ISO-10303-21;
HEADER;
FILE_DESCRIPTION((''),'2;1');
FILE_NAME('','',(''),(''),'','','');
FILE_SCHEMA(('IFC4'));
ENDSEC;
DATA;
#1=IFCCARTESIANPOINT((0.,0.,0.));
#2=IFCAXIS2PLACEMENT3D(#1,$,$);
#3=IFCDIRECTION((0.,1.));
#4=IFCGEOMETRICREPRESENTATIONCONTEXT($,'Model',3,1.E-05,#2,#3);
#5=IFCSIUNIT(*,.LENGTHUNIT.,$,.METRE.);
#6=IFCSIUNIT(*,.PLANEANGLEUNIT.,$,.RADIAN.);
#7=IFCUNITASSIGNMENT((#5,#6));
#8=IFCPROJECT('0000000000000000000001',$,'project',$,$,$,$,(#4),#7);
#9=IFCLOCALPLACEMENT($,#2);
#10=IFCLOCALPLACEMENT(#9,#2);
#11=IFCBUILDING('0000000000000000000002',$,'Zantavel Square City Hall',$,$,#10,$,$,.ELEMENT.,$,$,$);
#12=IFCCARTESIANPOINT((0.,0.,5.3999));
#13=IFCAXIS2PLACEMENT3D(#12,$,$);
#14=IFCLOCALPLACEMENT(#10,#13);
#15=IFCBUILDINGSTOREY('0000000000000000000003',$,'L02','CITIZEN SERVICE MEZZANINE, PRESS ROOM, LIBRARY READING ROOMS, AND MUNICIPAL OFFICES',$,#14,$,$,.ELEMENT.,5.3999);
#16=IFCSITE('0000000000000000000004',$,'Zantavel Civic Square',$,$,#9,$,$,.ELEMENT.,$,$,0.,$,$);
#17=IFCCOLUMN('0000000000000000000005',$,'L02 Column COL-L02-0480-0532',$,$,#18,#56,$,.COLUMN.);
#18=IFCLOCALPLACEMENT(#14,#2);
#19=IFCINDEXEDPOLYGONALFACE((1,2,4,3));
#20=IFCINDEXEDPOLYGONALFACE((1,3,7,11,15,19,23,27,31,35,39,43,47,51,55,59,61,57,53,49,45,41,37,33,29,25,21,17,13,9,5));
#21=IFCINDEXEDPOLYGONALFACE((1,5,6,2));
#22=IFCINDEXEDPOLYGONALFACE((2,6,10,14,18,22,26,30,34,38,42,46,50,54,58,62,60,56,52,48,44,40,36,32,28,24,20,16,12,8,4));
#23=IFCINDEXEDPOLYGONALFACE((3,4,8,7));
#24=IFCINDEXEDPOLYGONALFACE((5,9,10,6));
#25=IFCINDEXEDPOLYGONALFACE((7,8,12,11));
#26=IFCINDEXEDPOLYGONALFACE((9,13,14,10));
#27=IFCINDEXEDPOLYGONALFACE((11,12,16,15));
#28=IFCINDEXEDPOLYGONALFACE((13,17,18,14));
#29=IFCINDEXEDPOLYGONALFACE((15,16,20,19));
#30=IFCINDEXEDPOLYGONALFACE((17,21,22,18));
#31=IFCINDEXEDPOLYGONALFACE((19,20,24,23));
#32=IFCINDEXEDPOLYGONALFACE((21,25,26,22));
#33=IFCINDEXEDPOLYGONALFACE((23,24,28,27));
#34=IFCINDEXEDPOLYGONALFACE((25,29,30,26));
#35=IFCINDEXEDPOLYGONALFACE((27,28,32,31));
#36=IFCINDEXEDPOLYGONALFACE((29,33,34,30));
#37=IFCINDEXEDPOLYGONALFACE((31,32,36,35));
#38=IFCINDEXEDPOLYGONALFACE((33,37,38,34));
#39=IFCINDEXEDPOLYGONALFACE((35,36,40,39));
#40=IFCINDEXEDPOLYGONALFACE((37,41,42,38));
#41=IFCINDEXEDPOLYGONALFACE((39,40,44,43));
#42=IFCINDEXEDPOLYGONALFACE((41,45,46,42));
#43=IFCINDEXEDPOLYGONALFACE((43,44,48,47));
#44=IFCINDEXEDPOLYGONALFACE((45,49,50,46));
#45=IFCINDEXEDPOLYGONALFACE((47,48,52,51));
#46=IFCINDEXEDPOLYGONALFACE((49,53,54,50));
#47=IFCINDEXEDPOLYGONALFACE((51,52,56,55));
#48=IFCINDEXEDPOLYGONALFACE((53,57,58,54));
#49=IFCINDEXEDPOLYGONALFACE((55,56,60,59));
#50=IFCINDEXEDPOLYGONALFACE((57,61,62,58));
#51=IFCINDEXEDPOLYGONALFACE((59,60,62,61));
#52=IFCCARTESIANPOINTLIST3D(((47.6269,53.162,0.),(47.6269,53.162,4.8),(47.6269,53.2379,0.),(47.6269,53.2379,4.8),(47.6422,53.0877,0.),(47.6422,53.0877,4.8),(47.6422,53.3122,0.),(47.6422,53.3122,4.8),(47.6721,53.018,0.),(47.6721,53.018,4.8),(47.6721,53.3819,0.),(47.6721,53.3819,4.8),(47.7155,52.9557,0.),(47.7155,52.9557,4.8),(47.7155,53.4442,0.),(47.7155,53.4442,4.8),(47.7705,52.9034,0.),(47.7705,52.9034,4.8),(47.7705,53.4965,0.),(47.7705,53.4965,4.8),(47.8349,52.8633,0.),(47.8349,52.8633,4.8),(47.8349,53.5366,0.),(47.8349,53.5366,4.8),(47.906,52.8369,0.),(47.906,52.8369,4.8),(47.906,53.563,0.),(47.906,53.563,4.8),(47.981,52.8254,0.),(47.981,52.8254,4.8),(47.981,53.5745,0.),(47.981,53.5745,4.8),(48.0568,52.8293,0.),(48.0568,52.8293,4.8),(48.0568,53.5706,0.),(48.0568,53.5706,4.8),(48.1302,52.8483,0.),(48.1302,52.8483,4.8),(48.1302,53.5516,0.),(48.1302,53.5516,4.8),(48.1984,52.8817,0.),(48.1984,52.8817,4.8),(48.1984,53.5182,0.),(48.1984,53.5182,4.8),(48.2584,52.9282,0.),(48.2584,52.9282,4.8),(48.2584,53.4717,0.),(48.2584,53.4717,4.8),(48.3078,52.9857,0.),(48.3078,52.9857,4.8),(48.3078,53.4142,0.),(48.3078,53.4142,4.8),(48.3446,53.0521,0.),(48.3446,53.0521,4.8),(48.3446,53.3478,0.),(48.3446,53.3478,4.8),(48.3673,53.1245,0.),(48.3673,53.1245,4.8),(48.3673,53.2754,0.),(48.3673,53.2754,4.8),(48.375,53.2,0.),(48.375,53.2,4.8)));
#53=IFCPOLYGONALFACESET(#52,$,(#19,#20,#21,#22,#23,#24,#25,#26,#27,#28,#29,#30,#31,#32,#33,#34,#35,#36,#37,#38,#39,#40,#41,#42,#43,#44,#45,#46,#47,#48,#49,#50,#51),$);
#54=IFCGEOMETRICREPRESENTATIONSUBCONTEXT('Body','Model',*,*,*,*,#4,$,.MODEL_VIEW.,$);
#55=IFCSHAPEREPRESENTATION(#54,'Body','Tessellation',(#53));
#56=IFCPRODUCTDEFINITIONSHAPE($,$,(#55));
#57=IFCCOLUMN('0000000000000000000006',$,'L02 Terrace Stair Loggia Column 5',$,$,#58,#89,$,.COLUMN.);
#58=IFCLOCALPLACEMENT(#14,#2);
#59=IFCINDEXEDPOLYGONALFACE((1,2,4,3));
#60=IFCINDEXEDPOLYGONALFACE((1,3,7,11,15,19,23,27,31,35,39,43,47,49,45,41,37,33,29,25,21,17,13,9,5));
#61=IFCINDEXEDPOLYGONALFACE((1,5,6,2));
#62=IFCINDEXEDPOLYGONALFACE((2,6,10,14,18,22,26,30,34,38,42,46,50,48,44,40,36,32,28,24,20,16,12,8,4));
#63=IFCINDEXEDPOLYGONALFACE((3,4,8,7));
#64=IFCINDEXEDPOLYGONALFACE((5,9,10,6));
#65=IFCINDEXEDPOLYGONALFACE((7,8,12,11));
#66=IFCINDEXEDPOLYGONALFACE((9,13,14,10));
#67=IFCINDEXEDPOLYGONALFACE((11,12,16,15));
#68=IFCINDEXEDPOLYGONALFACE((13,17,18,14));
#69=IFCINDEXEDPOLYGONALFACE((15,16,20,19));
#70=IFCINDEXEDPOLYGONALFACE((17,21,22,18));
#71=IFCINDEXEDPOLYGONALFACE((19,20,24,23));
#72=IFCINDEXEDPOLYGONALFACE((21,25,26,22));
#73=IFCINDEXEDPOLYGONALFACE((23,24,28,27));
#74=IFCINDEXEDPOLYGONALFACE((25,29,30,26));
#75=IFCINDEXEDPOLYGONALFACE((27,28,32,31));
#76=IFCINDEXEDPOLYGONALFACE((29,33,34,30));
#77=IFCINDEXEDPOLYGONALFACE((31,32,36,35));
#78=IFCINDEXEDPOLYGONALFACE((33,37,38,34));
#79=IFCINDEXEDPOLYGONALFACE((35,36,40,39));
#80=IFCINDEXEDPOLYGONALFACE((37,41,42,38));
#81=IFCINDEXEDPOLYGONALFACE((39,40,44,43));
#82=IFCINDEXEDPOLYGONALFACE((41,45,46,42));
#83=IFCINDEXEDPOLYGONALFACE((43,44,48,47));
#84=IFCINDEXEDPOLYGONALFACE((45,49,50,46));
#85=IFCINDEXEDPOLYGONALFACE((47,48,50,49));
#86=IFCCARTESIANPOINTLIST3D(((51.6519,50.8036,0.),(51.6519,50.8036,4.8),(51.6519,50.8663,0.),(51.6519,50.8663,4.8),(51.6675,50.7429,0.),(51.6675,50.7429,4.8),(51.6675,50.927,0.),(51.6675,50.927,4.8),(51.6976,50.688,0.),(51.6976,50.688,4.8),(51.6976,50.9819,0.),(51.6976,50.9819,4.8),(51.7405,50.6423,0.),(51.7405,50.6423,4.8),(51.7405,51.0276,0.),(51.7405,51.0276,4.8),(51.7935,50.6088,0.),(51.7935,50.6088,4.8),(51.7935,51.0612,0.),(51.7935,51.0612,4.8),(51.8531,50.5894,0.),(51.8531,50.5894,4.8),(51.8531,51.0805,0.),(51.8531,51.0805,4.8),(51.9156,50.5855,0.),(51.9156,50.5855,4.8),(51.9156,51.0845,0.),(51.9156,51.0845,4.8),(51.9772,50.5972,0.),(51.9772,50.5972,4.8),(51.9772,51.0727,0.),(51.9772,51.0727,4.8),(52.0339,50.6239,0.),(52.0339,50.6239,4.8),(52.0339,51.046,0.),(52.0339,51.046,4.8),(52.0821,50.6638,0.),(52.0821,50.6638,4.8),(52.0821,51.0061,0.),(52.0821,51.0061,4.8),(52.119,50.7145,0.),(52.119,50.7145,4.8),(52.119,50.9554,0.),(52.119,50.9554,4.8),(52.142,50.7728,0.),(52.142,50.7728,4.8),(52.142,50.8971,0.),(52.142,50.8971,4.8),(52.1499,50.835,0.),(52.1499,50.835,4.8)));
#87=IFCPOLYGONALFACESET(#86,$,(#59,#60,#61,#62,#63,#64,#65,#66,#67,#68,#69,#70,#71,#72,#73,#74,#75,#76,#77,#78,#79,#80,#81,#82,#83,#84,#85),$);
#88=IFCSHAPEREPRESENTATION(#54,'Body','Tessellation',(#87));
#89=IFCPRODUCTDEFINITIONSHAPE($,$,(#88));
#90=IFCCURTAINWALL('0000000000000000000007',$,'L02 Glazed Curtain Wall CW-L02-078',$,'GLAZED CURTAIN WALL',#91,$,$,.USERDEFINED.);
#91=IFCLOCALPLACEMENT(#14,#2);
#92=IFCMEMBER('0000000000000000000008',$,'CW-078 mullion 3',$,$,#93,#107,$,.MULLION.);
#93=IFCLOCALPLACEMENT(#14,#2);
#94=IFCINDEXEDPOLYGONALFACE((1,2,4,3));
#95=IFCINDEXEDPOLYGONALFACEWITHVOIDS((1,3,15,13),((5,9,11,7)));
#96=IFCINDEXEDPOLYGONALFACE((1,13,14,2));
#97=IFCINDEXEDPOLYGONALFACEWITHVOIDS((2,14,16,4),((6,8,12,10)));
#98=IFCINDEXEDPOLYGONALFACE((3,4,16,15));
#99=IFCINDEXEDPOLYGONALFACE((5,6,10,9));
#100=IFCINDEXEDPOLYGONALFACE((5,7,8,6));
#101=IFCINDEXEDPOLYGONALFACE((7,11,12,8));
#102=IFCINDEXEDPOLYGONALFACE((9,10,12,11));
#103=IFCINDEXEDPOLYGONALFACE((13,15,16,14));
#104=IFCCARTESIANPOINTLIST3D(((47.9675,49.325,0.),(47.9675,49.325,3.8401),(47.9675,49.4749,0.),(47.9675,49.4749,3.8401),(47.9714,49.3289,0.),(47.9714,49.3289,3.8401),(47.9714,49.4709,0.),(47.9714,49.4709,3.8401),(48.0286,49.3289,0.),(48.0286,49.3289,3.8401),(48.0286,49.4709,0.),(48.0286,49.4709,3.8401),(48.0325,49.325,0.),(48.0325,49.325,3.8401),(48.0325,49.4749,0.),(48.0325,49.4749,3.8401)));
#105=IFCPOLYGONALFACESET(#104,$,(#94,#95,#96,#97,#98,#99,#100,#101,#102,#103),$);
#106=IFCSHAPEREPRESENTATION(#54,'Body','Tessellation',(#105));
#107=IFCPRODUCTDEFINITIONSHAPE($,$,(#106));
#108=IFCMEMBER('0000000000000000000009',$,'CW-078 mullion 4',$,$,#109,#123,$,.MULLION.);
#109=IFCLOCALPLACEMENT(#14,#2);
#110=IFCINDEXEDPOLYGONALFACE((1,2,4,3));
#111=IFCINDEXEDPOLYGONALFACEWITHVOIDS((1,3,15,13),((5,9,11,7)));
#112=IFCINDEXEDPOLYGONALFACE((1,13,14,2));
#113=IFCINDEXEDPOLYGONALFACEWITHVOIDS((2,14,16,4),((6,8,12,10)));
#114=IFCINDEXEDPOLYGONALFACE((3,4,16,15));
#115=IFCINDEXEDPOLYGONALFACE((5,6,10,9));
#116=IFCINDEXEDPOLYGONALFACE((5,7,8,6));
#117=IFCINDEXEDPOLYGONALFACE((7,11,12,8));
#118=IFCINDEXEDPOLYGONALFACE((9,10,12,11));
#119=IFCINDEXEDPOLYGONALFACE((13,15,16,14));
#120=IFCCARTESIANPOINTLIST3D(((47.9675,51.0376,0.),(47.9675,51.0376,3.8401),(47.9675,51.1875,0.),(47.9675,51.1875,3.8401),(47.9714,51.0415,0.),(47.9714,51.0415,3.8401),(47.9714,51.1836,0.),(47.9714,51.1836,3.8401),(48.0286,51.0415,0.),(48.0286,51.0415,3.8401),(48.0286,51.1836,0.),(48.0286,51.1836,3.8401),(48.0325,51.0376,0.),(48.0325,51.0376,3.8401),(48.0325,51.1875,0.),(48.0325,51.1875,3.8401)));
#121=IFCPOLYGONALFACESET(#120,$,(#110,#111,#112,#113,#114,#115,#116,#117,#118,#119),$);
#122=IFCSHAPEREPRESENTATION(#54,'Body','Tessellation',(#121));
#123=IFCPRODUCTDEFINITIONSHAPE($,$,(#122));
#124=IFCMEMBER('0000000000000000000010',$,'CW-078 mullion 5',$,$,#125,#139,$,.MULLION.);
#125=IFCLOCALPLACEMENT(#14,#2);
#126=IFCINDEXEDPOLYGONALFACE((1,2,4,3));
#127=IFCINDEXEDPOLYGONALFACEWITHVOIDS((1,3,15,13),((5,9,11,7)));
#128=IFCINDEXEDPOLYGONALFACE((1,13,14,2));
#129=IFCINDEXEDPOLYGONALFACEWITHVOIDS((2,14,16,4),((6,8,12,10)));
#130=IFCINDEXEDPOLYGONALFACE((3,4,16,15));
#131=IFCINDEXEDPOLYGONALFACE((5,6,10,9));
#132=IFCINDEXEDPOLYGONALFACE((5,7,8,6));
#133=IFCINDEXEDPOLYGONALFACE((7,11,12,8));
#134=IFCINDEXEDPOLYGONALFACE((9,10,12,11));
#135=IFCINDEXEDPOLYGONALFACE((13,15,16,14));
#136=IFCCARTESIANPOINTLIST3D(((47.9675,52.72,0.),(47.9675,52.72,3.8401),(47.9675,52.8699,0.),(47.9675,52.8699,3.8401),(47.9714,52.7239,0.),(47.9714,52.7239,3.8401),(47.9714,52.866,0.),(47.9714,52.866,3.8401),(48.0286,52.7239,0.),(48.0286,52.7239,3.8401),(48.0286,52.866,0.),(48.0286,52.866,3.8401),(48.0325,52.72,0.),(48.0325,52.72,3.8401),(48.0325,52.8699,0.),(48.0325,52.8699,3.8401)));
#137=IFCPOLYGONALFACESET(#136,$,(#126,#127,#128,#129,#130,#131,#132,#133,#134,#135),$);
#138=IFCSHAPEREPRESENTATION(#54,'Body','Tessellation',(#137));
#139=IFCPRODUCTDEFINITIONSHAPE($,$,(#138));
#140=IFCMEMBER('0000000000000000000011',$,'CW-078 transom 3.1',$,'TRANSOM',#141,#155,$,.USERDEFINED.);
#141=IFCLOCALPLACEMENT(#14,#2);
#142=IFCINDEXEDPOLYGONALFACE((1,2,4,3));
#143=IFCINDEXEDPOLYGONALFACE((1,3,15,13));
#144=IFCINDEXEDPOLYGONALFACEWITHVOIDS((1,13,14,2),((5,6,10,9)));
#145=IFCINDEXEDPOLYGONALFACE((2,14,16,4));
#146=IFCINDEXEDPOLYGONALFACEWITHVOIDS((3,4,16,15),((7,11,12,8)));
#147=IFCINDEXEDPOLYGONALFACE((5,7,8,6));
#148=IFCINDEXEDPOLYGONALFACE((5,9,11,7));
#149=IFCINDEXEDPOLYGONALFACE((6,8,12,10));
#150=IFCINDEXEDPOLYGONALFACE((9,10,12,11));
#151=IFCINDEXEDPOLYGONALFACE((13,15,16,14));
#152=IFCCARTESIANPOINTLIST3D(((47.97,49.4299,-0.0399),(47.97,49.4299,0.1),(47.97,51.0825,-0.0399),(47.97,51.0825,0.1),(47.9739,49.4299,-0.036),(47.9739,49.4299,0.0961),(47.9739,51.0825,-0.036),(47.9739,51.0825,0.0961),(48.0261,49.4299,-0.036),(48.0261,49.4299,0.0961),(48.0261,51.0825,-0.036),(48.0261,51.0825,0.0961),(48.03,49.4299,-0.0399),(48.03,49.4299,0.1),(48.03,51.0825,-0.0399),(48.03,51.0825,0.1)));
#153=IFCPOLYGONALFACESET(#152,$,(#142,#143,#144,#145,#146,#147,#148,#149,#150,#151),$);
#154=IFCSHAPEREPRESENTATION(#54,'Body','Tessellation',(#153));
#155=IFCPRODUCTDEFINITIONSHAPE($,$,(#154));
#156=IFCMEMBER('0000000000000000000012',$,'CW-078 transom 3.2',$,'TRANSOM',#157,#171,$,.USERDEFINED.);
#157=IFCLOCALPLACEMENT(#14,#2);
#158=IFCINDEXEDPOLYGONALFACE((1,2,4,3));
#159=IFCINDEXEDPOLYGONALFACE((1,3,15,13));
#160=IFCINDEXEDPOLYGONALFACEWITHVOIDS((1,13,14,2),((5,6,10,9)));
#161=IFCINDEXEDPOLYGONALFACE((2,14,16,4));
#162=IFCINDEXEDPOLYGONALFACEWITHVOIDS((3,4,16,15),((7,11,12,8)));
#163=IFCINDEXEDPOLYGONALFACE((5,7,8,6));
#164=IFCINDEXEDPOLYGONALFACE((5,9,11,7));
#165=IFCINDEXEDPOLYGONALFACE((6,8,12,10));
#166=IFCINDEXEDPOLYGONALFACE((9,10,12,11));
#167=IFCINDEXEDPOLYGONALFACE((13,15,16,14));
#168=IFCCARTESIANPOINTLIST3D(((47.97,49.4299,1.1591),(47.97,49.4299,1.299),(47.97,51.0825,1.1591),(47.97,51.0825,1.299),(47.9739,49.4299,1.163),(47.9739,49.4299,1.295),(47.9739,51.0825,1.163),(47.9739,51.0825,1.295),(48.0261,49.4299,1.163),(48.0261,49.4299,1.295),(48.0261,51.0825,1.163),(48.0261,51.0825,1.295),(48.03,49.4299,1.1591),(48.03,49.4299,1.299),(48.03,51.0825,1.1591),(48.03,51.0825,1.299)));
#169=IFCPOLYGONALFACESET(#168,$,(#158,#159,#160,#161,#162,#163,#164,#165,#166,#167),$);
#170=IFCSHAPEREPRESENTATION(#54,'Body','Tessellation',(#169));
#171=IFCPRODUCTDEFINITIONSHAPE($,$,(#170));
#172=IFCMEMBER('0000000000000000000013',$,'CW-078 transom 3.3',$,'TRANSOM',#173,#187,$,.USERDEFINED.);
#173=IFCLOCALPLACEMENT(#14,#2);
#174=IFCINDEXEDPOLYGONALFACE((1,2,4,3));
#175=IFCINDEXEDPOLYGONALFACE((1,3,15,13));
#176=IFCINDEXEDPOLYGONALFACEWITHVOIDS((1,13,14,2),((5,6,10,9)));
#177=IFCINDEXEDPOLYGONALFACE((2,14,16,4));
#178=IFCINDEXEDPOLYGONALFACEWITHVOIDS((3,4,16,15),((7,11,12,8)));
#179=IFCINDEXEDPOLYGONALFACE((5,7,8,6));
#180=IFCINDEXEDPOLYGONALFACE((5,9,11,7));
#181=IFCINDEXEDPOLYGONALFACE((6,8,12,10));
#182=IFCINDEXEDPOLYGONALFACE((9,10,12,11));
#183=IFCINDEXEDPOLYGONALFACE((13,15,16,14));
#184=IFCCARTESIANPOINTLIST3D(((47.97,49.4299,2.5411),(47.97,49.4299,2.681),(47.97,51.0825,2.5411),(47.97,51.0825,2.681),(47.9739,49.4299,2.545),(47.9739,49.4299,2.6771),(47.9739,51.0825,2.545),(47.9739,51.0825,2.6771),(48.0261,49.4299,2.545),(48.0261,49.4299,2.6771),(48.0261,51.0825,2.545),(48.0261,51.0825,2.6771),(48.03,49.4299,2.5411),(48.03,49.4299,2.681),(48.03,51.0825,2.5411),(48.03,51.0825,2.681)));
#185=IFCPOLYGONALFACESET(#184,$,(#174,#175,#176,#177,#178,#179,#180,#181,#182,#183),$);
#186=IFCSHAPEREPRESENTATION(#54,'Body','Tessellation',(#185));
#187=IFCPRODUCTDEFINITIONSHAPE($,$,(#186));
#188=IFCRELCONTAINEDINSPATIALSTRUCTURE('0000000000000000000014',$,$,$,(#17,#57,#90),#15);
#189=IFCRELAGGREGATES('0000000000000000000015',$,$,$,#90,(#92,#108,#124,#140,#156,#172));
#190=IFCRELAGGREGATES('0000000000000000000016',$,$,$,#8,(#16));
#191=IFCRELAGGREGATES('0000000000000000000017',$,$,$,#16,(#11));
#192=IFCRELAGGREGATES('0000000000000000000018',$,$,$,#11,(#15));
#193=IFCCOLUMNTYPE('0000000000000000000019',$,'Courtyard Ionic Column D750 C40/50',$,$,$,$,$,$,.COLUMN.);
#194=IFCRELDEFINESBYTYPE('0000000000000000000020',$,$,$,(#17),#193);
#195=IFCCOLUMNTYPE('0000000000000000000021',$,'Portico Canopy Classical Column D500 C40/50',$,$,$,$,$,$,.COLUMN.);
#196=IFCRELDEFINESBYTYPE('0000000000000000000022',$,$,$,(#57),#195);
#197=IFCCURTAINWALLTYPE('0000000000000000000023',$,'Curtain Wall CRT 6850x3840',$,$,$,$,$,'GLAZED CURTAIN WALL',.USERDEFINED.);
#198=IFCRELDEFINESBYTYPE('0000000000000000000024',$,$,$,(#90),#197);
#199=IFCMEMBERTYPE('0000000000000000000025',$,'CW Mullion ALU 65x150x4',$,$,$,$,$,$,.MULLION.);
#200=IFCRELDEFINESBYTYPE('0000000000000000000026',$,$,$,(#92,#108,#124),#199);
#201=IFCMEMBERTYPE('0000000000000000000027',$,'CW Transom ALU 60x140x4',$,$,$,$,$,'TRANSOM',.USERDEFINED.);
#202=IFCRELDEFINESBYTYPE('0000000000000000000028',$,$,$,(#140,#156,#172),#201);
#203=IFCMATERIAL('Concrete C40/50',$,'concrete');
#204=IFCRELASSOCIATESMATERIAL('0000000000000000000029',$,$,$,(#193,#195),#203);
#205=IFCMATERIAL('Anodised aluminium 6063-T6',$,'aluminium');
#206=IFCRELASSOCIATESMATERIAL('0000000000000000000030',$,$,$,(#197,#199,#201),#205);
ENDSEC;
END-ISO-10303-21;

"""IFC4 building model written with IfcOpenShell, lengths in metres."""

from ifc_helpers import new_model, si_unit, direction, frame, origin, origin_2d, place, context, subcontext, project, spatial, hollow_rectangle, circle, extrude, material, material_profile, profile_set, type_object, element, aggregate, save


model = new_model("IFC4")

# Units and contexts
model_context = context("Model", 3, precision=1e-05, world=origin(), true_north=direction((0.0, 1.0)))
body_context = subcontext(model_context, "Body", "Model", "MODEL_VIEW")
ifc_project = project(units=[si_unit("LENGTHUNIT", "METRE"), si_unit("PLANEANGLEUNIT", "RADIAN")], contexts=[model_context])

# Site, building, storey
site_placement = place(None, origin())
site = spatial("IfcSite", under=ifc_project, at=site_placement, Name="Zantavel Civic Square", CompositionType="ELEMENT", RefElevation=0.0)
building_placement = place(site_placement, origin())
building = spatial("IfcBuilding", under=site, at=building_placement, Name="Zantavel Square City Hall", CompositionType="ELEMENT")
storey_placement = place(building_placement, frame((0.0, 0.0, 5.3999)))
storey = spatial("IfcBuildingStorey", under=building, at=storey_placement, Name="L02", Description="CITIZEN SERVICE MEZZANINE, PRESS ROOM, LIBRARY READING ROOMS, AND MUNICIPAL OFFICES", CompositionType="ELEMENT", Elevation=5.3999)

# Columns
ifc_material_1 = material(Name="Concrete C40/50", Category="concrete")
ifc_material_profile_1 = material_profile(ifc_material_1, circle(Radius=0.375, at=origin_2d()), Name="ROUND D750")
ifc_profile_set_1 = profile_set([ifc_material_profile_1], Name="Concrete C40/50")
column_type_1 = type_object("IfcColumnType", Name="Courtyard Ionic Column D750 C40/50", PredefinedType="COLUMN", material=ifc_profile_set_1)
column_1_placement = place(storey_placement, frame((48.0, 53.2, 0.0), z_axis=(0.0, 0.0, 1.0), x_axis=(1.0, 0.0, 0.0)))
element("IfcColumn", 1, at=column_1_placement, inside=storey, type_object=column_type_1, Name="L02 Column COL-L02-0480-0532", PredefinedType="COLUMN", context=body_context, shape_type="SweptSolid", body=[
    extrude(circle(Radius=0.375, at=origin_2d()), origin(), (0.0, 0.0, 1.0), 4.8),
])
ifc_material_profile_2 = material_profile(ifc_material_1, circle(Radius=0.25, at=origin_2d()), Name="ROUND D500")
ifc_profile_set_2 = profile_set([ifc_material_profile_2], Name="Concrete C40/50")
column_type_2 = type_object("IfcColumnType", Name="Portico Canopy Classical Column D500 C40/50", PredefinedType="COLUMN", material=ifc_profile_set_2)
column_2_placement = place(storey_placement, frame((51.8999, 50.835, 0.0), z_axis=(0.0, 0.0, 1.0), x_axis=(1.0, 0.0, 0.0)))
element("IfcColumn", 2, at=column_2_placement, inside=storey, type_object=column_type_2, Name="L02 Terrace Stair Loggia Column 5", PredefinedType="COLUMN", context=body_context, shape_type="SweptSolid", body=[
    extrude(circle(Radius=0.25, at=origin_2d()), origin(), (0.0, 0.0, 1.0), 4.8),
])

# Curtain wall, members
ifc_material_2 = material(Name="Anodised aluminium 6063-T6", Category="aluminium")
curtain_wall_type = type_object("IfcCurtainWallType", Name="Curtain Wall CRT 6850x3840", ElementType="GLAZED CURTAIN WALL", PredefinedType="USERDEFINED", material=ifc_material_2)
curtain_wall_placement = place(storey_placement, origin())
curtain_wall = element("IfcCurtainWall", 3, at=curtain_wall_placement, inside=storey, type_object=curtain_wall_type, Name="L02 Glazed Curtain Wall CW-L02-078", ObjectType="GLAZED CURTAIN WALL", PredefinedType="USERDEFINED")
ifc_material_profile_3 = material_profile(ifc_material_2, hollow_rectangle(XDim=0.0649, YDim=0.1499, WallThickness=0.0039, at=origin_2d()), Name="ALU 65x150x4")
ifc_profile_set_3 = profile_set([ifc_material_profile_3], Name="Anodised aluminium 6063-T6")
member_type_1 = type_object("IfcMemberType", Name="CW Mullion ALU 65x150x4", PredefinedType="MULLION", material=ifc_profile_set_3)
member_1_placement = place(storey_placement, frame((48.0, 49.3999, 0.0), z_axis=(0.0, 0.0, 1.0), x_axis=(-1.0, 0.0, 0.0)))
member_1 = element("IfcMember", 4, at=member_1_placement, type_object=member_type_1, Name="CW-078 mullion 3", PredefinedType="MULLION", context=body_context, shape_type="SweptSolid", body=[
    extrude(hollow_rectangle(XDim=0.0649, YDim=0.1499, WallThickness=0.0039, at=origin_2d()), origin(), (0.0, 0.0, 1.0), 3.8401),
])
member_2_placement = place(storey_placement, frame((48.0, 51.1125, 0.0), z_axis=(0.0, 0.0, 1.0), x_axis=(-1.0, 0.0, 0.0)))
member_2 = element("IfcMember", 5, at=member_2_placement, type_object=member_type_1, Name="CW-078 mullion 4", PredefinedType="MULLION", context=body_context, shape_type="SweptSolid", body=[
    extrude(hollow_rectangle(XDim=0.0649, YDim=0.1499, WallThickness=0.0039, at=origin_2d()), origin(), (0.0, 0.0, 1.0), 3.8401),
])
member_3_placement = place(storey_placement, frame((48.0, 52.7949, 0.0), z_axis=(0.0, 0.0, 1.0), x_axis=(-1.0, 0.0, 0.0)))
member_3 = element("IfcMember", 6, at=member_3_placement, type_object=member_type_1, Name="CW-078 mullion 5", PredefinedType="MULLION", context=body_context, shape_type="SweptSolid", body=[
    extrude(hollow_rectangle(XDim=0.0649, YDim=0.1499, WallThickness=0.0039, at=origin_2d()), origin(), (0.0, 0.0, 1.0), 3.8401),
])
ifc_material_profile_4 = material_profile(ifc_material_2, hollow_rectangle(XDim=0.0601, YDim=0.1399, WallThickness=0.0039, at=origin_2d()), Name="ALU 60x140x4")
ifc_profile_set_4 = profile_set([ifc_material_profile_4], Name="Anodised aluminium 6063-T6")
member_type_2 = type_object("IfcMemberType", Name="CW Transom ALU 60x140x4", ElementType="TRANSOM", PredefinedType="USERDEFINED", material=ifc_profile_set_4)
member_4_placement = place(storey_placement, frame((48.0, 49.4299, 0.03), z_axis=(0.0, 1.0, 0.0), x_axis=(-1.0, 0.0, 0.0)))
member_4 = element("IfcMember", 7, at=member_4_placement, type_object=member_type_2, Name="CW-078 transom 3.1", ObjectType="TRANSOM", PredefinedType="USERDEFINED", context=body_context, shape_type="SweptSolid", body=[
    extrude(hollow_rectangle(XDim=0.0601, YDim=0.1399, WallThickness=0.0039, at=origin_2d()), origin(), (0.0, 0.0, 1.0), 1.6526),
])
member_5_placement = place(storey_placement, frame((48.0, 49.4299, 1.229), z_axis=(0.0, 1.0, 0.0), x_axis=(-1.0, 0.0, 0.0)))
member_5 = element("IfcMember", 8, at=member_5_placement, type_object=member_type_2, Name="CW-078 transom 3.2", ObjectType="TRANSOM", PredefinedType="USERDEFINED", context=body_context, shape_type="SweptSolid", body=[
    extrude(hollow_rectangle(XDim=0.0601, YDim=0.1399, WallThickness=0.0039, at=origin_2d()), origin(), (0.0, 0.0, 1.0), 1.6526),
])
member_6_placement = place(storey_placement, frame((48.0, 49.4299, 2.6111), z_axis=(0.0, 1.0, 0.0), x_axis=(-1.0, 0.0, 0.0)))
member_6 = element("IfcMember", 9, at=member_6_placement, type_object=member_type_2, Name="CW-078 transom 3.3", ObjectType="TRANSOM", PredefinedType="USERDEFINED", context=body_context, shape_type="SweptSolid", body=[
    extrude(hollow_rectangle(XDim=0.0601, YDim=0.1399, WallThickness=0.0039, at=origin_2d()), origin(), (0.0, 0.0, 1.0), 1.6526),
])

aggregate(curtain_wall, [member_1, member_2, member_3, member_4, member_5, member_6])

save(model, "model.ifc")
